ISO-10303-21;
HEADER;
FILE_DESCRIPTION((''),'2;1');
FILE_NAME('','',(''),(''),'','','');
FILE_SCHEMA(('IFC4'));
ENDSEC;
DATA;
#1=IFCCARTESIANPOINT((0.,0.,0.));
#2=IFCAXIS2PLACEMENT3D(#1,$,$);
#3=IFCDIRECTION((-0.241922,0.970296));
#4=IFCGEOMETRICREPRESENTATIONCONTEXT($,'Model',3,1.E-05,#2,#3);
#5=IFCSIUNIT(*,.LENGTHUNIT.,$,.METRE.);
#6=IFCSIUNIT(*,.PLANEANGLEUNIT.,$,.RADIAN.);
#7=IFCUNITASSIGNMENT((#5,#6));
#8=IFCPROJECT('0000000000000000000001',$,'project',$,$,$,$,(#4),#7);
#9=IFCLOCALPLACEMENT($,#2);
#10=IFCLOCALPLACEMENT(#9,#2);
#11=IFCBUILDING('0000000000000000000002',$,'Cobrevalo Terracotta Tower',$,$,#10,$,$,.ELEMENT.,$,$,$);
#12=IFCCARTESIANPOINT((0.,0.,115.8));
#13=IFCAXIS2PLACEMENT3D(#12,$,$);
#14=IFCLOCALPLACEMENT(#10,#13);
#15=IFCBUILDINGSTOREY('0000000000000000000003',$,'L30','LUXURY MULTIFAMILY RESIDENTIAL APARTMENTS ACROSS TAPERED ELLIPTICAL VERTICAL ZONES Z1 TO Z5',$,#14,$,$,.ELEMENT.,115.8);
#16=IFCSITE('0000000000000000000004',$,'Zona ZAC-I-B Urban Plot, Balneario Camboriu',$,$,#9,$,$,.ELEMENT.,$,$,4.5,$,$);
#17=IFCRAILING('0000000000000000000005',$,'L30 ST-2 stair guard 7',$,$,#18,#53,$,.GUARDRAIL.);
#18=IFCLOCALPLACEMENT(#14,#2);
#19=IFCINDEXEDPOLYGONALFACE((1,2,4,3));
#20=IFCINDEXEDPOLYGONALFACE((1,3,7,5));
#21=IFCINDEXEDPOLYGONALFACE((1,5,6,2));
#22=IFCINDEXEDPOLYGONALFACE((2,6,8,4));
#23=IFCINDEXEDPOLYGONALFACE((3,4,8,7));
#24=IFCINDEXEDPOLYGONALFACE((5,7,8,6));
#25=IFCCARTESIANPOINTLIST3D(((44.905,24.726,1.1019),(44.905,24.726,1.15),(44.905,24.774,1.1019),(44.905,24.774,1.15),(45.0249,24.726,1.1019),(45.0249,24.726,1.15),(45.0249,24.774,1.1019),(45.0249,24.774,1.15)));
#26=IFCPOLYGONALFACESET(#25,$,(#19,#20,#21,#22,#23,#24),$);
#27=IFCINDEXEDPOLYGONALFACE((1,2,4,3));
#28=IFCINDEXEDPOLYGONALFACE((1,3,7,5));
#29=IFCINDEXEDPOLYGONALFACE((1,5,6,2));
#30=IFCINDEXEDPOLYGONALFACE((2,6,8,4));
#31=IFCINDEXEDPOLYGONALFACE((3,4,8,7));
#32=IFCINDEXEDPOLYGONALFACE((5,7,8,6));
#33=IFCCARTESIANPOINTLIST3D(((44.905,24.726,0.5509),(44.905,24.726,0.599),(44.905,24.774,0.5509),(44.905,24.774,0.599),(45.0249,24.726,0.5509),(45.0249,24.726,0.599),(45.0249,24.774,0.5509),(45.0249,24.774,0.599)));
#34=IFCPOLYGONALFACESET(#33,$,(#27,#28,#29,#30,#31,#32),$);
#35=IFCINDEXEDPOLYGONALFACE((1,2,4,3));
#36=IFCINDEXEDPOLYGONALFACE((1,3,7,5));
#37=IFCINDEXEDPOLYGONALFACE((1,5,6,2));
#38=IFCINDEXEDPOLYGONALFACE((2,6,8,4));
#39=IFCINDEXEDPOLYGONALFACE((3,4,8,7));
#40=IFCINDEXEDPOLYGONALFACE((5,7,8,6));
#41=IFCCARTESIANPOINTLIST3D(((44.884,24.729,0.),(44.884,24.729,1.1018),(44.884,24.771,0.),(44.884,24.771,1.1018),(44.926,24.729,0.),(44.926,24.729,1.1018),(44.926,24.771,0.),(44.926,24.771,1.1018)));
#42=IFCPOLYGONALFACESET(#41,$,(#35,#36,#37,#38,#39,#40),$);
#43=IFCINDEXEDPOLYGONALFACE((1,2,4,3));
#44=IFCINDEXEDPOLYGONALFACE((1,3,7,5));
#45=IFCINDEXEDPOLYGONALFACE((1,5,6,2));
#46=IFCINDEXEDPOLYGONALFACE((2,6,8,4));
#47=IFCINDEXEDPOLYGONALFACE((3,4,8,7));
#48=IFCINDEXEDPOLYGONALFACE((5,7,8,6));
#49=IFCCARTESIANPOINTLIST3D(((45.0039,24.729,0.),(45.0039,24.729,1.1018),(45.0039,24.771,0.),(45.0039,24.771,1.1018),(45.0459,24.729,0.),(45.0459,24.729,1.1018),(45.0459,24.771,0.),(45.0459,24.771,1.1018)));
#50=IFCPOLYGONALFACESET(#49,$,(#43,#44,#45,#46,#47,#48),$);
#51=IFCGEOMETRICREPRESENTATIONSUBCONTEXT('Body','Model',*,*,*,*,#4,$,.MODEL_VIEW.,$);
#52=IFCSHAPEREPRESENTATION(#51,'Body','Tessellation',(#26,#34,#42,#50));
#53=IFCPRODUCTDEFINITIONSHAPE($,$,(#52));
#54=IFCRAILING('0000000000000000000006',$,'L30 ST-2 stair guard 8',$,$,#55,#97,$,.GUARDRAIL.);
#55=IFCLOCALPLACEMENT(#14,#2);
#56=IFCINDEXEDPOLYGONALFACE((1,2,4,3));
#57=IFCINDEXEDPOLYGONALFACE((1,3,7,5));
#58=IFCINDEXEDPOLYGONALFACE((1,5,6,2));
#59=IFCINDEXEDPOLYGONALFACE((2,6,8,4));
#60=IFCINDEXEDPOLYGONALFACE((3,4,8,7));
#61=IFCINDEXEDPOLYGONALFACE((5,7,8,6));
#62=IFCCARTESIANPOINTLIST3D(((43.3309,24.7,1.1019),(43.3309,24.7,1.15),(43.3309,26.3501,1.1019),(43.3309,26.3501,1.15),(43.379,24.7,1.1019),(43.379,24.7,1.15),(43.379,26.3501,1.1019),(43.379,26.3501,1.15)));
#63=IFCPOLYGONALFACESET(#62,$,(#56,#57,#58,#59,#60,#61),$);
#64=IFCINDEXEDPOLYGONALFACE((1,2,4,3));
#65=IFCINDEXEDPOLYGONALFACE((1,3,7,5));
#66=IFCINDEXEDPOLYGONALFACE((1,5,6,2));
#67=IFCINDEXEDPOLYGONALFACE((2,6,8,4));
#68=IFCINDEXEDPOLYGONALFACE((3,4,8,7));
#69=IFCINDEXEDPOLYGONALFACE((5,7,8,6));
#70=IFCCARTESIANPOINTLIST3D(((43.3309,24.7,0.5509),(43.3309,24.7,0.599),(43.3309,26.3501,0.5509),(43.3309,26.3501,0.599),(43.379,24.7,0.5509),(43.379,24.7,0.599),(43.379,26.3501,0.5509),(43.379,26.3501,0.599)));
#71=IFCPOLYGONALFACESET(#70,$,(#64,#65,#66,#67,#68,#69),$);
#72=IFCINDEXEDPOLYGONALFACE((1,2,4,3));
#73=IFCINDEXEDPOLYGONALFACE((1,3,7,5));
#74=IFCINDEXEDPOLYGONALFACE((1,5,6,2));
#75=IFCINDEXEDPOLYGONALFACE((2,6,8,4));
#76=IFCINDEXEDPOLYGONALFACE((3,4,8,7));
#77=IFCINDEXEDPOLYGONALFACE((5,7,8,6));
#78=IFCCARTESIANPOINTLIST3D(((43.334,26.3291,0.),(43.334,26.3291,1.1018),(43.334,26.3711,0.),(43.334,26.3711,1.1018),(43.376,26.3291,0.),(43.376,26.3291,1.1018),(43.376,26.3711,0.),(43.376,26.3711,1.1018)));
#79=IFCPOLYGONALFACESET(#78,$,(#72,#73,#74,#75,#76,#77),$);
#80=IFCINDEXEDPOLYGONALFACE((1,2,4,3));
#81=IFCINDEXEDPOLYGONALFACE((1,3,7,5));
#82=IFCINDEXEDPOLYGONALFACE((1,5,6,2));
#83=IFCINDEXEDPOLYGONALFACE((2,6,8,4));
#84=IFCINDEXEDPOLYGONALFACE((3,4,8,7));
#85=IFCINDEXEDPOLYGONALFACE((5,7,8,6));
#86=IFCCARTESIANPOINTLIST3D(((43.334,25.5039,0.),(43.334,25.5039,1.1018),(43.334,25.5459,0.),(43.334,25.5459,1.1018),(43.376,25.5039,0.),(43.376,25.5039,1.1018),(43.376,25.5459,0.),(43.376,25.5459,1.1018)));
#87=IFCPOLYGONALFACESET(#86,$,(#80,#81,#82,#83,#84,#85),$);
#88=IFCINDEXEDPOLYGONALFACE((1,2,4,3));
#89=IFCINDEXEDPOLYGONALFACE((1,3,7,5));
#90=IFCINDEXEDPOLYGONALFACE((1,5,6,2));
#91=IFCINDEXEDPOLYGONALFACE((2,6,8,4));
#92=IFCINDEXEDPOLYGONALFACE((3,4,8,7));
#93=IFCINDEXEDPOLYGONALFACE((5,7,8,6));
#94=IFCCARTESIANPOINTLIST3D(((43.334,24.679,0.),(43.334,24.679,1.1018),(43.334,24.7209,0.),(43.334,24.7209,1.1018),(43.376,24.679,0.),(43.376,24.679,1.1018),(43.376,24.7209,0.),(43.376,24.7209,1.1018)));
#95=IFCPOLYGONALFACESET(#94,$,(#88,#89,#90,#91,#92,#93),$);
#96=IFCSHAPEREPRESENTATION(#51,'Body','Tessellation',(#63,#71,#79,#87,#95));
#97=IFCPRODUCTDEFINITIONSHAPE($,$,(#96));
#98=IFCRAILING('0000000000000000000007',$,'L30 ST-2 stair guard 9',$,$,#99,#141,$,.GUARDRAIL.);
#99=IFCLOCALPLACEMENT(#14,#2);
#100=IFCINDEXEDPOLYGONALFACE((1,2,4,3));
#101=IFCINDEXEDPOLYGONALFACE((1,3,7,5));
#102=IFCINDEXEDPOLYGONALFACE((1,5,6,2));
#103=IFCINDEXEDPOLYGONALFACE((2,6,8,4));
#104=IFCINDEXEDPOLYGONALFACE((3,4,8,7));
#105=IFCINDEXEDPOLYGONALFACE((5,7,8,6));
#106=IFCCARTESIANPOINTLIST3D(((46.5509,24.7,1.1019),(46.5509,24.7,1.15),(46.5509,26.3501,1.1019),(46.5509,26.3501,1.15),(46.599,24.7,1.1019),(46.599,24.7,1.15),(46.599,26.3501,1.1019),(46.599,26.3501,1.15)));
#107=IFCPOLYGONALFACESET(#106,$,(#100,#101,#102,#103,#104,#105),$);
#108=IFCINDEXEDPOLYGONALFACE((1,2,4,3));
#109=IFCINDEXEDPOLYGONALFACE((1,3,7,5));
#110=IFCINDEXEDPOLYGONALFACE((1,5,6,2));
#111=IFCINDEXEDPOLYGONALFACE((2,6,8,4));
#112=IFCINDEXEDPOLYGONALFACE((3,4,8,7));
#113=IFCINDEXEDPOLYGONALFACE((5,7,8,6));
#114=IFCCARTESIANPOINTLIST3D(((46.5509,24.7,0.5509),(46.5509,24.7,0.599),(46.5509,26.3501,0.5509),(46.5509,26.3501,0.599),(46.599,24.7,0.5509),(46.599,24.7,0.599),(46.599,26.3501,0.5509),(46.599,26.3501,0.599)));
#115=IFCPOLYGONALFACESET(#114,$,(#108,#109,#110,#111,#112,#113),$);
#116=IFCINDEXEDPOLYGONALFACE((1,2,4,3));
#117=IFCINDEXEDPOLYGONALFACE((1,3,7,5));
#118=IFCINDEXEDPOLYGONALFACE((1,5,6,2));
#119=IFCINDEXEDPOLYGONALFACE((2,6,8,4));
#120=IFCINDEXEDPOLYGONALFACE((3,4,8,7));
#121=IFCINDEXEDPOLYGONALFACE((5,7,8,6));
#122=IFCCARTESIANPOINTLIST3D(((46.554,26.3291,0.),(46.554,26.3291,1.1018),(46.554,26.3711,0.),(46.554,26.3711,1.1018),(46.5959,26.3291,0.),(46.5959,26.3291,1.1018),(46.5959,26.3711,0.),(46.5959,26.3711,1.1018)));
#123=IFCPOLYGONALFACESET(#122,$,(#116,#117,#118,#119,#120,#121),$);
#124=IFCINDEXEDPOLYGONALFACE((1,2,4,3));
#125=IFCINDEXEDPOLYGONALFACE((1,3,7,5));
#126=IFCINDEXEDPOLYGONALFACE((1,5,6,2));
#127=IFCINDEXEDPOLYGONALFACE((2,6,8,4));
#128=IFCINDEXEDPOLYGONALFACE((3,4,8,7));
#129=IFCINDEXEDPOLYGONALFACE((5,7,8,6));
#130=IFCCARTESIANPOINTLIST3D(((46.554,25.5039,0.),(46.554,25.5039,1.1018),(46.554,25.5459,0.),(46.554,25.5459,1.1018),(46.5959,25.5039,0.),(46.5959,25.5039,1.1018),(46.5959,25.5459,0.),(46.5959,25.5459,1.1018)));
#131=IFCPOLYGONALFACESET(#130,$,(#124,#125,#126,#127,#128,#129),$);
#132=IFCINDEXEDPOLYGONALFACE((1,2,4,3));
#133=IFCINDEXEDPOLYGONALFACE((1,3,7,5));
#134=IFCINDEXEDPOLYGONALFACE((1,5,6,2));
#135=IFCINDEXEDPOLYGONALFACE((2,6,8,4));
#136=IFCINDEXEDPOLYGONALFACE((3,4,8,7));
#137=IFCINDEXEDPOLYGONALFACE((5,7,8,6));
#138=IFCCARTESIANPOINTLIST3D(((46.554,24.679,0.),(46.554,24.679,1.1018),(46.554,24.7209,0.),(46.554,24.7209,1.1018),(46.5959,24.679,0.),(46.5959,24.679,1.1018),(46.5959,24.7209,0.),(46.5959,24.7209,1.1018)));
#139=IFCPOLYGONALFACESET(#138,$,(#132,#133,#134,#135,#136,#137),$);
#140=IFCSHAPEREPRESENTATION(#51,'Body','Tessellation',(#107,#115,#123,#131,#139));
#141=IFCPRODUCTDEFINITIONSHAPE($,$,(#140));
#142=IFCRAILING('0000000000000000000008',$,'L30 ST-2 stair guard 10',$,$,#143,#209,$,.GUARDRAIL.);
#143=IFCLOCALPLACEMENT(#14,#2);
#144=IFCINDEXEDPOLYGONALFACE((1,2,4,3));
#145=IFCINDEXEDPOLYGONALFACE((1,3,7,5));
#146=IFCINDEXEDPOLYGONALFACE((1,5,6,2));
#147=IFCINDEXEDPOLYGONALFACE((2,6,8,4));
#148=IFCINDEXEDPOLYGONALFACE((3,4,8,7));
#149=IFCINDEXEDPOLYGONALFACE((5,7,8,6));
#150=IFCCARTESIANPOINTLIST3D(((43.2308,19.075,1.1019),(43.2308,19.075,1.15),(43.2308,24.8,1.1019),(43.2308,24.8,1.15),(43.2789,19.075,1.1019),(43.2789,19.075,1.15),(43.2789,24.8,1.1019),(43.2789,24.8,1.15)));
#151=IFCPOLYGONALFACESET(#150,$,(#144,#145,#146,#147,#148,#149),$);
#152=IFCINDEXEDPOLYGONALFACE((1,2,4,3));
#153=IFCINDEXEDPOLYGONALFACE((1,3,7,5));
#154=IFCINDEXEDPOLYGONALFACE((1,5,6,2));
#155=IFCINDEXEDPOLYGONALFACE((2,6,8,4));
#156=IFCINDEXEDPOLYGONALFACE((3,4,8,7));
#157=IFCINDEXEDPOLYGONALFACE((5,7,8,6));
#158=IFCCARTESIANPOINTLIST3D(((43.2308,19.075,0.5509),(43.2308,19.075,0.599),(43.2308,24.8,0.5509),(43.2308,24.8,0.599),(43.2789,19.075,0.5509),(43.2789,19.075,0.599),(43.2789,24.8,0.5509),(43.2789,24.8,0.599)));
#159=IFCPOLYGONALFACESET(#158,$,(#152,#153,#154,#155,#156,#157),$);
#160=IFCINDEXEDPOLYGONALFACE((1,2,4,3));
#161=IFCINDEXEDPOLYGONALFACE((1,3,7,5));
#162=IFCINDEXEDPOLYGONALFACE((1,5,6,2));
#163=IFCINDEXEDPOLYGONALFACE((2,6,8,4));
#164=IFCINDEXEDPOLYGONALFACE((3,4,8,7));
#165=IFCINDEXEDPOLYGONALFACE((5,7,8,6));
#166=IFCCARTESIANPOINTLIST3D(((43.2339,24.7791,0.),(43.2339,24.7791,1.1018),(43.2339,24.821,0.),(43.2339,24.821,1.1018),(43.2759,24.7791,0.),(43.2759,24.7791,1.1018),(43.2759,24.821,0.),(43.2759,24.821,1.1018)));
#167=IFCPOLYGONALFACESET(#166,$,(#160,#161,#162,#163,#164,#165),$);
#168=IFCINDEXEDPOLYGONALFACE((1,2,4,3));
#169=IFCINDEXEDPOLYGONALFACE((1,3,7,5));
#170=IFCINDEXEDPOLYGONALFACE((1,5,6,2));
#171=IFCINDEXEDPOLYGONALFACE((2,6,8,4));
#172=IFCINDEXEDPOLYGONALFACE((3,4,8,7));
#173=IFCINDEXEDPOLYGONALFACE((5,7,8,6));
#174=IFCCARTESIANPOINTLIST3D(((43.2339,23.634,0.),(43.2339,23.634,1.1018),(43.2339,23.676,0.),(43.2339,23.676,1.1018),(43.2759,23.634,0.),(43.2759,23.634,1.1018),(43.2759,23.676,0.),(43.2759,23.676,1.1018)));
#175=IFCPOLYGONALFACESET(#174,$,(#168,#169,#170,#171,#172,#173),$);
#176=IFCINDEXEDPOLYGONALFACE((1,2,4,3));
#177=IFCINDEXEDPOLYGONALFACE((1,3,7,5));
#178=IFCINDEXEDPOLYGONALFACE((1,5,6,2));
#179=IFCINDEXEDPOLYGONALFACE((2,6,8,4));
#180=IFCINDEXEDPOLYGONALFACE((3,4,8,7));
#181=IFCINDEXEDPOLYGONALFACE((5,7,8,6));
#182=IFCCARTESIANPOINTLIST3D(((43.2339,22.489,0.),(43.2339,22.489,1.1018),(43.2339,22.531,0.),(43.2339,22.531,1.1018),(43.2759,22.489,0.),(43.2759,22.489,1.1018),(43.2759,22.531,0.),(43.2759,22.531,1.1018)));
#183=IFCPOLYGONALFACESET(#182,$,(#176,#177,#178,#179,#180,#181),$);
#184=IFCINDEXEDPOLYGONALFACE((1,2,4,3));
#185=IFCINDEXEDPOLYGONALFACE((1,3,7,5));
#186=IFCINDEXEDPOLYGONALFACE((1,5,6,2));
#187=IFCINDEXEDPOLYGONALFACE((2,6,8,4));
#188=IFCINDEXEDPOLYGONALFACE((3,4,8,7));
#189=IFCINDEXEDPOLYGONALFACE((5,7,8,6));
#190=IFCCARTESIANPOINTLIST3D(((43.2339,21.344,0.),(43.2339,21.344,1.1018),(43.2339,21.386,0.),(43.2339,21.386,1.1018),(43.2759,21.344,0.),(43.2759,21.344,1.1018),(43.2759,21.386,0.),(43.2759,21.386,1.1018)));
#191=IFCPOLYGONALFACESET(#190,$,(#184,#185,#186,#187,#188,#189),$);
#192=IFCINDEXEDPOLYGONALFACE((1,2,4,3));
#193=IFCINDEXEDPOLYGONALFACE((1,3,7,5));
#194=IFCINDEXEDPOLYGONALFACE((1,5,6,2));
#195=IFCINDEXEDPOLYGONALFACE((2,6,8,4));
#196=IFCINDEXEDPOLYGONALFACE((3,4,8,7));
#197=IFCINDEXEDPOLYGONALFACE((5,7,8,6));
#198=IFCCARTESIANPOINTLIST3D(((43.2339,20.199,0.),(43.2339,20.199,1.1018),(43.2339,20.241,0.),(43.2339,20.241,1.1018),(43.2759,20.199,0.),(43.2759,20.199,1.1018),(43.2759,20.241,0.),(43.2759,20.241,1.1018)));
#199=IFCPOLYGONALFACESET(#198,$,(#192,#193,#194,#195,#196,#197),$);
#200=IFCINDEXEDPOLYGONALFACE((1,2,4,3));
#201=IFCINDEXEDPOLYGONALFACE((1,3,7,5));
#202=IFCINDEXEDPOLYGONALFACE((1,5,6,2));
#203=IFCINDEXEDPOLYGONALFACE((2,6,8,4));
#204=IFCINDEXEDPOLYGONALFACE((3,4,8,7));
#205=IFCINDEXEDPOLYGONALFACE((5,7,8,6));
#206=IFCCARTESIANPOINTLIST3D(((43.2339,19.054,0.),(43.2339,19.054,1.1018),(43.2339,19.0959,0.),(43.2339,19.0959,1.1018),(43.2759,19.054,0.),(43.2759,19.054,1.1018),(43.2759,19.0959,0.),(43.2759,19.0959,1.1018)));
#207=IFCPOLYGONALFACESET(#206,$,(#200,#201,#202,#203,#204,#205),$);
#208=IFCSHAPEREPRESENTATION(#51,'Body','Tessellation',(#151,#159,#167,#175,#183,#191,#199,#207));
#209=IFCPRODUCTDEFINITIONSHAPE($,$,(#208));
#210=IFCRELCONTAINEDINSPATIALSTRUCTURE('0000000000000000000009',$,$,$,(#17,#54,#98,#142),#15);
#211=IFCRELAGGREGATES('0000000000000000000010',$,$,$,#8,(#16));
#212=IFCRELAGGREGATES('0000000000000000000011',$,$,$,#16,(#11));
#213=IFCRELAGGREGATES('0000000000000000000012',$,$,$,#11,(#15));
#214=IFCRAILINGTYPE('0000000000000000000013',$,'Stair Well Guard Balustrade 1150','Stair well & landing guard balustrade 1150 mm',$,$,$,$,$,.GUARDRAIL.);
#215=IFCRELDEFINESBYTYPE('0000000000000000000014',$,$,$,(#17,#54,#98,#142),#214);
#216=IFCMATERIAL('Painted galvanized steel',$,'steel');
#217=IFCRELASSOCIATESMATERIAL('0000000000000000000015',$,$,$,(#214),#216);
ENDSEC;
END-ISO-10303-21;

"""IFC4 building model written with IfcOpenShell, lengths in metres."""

from ifc_helpers import new_model, si_unit, direction, frame, origin, origin_2d, place, context, subcontext, project, spatial, rectangle, extrude, material, type_object, element, save


model = new_model("IFC4")

# Units and contexts
model_context = context("Model", 3, precision=1e-05, world=origin(), true_north=direction((-0.241922, 0.970296)))
body_context = subcontext(model_context, "Body", "Model", "MODEL_VIEW")
ifc_project = project(units=[si_unit("LENGTHUNIT", "METRE"), si_unit("PLANEANGLEUNIT", "RADIAN")], contexts=[model_context])

# Site, building, storey
site_placement = place(None, origin())
site = spatial("IfcSite", under=ifc_project, at=site_placement, Name="Zona ZAC-I-B Urban Plot, Balneario Camboriu", CompositionType="ELEMENT", RefElevation=4.5)
building_placement = place(site_placement, origin())
building = spatial("IfcBuilding", under=site, at=building_placement, Name="Cobrevalo Terracotta Tower", CompositionType="ELEMENT")
storey_placement = place(building_placement, frame((0.0, 0.0, 115.8)))
storey = spatial("IfcBuildingStorey", under=building, at=storey_placement, Name="L30", Description="LUXURY MULTIFAMILY RESIDENTIAL APARTMENTS ACROSS TAPERED ELLIPTICAL VERTICAL ZONES Z1 TO Z5", CompositionType="ELEMENT", Elevation=115.8)

# Railings
ifc_material_1 = material(Name="Painted galvanized steel", Category="steel")
railing_type = type_object("IfcRailingType", Name="Stair Well Guard Balustrade 1150", Description="Stair well & landing guard balustrade 1150 mm", PredefinedType="GUARDRAIL", material=ifc_material_1)
railing_1_placement = place(storey_placement, frame((44.905, 24.75, 0.0)))
element("IfcRailing", 1, at=railing_1_placement, inside=storey, type_object=railing_type, Name="L30 ST-2 stair guard 7", PredefinedType="GUARDRAIL", context=body_context, shape_type="SweptSolid", body=[
    extrude(rectangle(XDim=0.0481, YDim=0.0481, at=origin_2d()), frame((0.0, 0.0, 1.126), z_axis=(1.0, 0.0, 0.0), x_axis=(0.0, 1.0, 0.0)), (0.0, 0.0, 1.0), 0.1199),
    extrude(rectangle(XDim=0.0481, YDim=0.0481, at=origin_2d()), frame((0.0, 0.0, 0.575), z_axis=(1.0, 0.0, 0.0), x_axis=(0.0, 1.0, 0.0)), (0.0, 0.0, 1.0), 0.1199),
    extrude(rectangle(XDim=0.042, YDim=0.042, at=origin_2d()), origin(), (0.0, 0.0, 1.0), 1.1018),
    extrude(rectangle(XDim=0.042, YDim=0.042, at=origin_2d()), frame((0.1199, 0.0, 0.0)), (0.0, 0.0, 1.0), 1.1018),
])
for number, where, name in (
    (2, (43.355, 26.3501, 0.0), "L30 ST-2 stair guard 8"),
    (3, (46.575, 26.3501, 0.0), "L30 ST-2 stair guard 9"),
):
    element("IfcRailing", number, at=place(storey_placement, frame(where)), inside=storey, type_object=railing_type, Name=name, PredefinedType="GUARDRAIL", context=body_context, shape_type="SweptSolid", body=[
        extrude(rectangle(XDim=0.0481, YDim=0.0481, at=origin_2d()), frame((0.0, 0.0, 1.126), z_axis=(0.0, -1.0, 0.0), x_axis=(1.0, 0.0, 0.0)), (0.0, 0.0, 1.0), 1.6501),
        extrude(rectangle(XDim=0.0481, YDim=0.0481, at=origin_2d()), frame((0.0, 0.0, 0.575), z_axis=(0.0, -1.0, 0.0), x_axis=(1.0, 0.0, 0.0)), (0.0, 0.0, 1.0), 1.6501),
        extrude(rectangle(XDim=0.042, YDim=0.042, at=origin_2d()), origin(), (0.0, 0.0, 1.0), 1.1018),
        extrude(rectangle(XDim=0.042, YDim=0.042, at=origin_2d()), frame((0.0, -0.8252, 0.0)), (0.0, 0.0, 1.0), 1.1018),
        extrude(rectangle(XDim=0.042, YDim=0.042, at=origin_2d()), frame((0.0, -1.6501, 0.0)), (0.0, 0.0, 1.0), 1.1018),
    ])
for number, where, name in (
    (4, (43.2549, 24.8, 0.0), "L30 ST-2 stair guard 10"),
):
    element("IfcRailing", number, at=place(storey_placement, frame(where)), inside=storey, type_object=railing_type, Name=name, PredefinedType="GUARDRAIL", context=body_context, shape_type="SweptSolid", body=[
        extrude(rectangle(XDim=0.0481, YDim=0.0481, at=origin_2d()), frame((0.0, 0.0, 1.126), z_axis=(0.0, -1.0, 0.0), x_axis=(1.0, 0.0, 0.0)), (0.0, 0.0, 1.0), 5.7251),
        extrude(rectangle(XDim=0.0481, YDim=0.0481, at=origin_2d()), frame((0.0, 0.0, 0.575), z_axis=(0.0, -1.0, 0.0), x_axis=(1.0, 0.0, 0.0)), (0.0, 0.0, 1.0), 5.7251),
        extrude(rectangle(XDim=0.042, YDim=0.042, at=origin_2d()), origin(), (0.0, 0.0, 1.0), 1.1018),
        extrude(rectangle(XDim=0.042, YDim=0.042, at=origin_2d()), frame((0.0, -1.145, 0.0)), (0.0, 0.0, 1.0), 1.1018),
        extrude(rectangle(XDim=0.042, YDim=0.042, at=origin_2d()), frame((0.0, -2.29, 0.0)), (0.0, 0.0, 1.0), 1.1018),
        extrude(rectangle(XDim=0.042, YDim=0.042, at=origin_2d()), frame((0.0, -3.4351, 0.0)), (0.0, 0.0, 1.0), 1.1018),
        extrude(rectangle(XDim=0.042, YDim=0.042, at=origin_2d()), frame((0.0, -4.5801, 0.0)), (0.0, 0.0, 1.0), 1.1018),
        extrude(rectangle(XDim=0.042, YDim=0.042, at=origin_2d()), frame((0.0, -5.7251, 0.0)), (0.0, 0.0, 1.0), 1.1018),
    ])

save(model, "model.ifc")
